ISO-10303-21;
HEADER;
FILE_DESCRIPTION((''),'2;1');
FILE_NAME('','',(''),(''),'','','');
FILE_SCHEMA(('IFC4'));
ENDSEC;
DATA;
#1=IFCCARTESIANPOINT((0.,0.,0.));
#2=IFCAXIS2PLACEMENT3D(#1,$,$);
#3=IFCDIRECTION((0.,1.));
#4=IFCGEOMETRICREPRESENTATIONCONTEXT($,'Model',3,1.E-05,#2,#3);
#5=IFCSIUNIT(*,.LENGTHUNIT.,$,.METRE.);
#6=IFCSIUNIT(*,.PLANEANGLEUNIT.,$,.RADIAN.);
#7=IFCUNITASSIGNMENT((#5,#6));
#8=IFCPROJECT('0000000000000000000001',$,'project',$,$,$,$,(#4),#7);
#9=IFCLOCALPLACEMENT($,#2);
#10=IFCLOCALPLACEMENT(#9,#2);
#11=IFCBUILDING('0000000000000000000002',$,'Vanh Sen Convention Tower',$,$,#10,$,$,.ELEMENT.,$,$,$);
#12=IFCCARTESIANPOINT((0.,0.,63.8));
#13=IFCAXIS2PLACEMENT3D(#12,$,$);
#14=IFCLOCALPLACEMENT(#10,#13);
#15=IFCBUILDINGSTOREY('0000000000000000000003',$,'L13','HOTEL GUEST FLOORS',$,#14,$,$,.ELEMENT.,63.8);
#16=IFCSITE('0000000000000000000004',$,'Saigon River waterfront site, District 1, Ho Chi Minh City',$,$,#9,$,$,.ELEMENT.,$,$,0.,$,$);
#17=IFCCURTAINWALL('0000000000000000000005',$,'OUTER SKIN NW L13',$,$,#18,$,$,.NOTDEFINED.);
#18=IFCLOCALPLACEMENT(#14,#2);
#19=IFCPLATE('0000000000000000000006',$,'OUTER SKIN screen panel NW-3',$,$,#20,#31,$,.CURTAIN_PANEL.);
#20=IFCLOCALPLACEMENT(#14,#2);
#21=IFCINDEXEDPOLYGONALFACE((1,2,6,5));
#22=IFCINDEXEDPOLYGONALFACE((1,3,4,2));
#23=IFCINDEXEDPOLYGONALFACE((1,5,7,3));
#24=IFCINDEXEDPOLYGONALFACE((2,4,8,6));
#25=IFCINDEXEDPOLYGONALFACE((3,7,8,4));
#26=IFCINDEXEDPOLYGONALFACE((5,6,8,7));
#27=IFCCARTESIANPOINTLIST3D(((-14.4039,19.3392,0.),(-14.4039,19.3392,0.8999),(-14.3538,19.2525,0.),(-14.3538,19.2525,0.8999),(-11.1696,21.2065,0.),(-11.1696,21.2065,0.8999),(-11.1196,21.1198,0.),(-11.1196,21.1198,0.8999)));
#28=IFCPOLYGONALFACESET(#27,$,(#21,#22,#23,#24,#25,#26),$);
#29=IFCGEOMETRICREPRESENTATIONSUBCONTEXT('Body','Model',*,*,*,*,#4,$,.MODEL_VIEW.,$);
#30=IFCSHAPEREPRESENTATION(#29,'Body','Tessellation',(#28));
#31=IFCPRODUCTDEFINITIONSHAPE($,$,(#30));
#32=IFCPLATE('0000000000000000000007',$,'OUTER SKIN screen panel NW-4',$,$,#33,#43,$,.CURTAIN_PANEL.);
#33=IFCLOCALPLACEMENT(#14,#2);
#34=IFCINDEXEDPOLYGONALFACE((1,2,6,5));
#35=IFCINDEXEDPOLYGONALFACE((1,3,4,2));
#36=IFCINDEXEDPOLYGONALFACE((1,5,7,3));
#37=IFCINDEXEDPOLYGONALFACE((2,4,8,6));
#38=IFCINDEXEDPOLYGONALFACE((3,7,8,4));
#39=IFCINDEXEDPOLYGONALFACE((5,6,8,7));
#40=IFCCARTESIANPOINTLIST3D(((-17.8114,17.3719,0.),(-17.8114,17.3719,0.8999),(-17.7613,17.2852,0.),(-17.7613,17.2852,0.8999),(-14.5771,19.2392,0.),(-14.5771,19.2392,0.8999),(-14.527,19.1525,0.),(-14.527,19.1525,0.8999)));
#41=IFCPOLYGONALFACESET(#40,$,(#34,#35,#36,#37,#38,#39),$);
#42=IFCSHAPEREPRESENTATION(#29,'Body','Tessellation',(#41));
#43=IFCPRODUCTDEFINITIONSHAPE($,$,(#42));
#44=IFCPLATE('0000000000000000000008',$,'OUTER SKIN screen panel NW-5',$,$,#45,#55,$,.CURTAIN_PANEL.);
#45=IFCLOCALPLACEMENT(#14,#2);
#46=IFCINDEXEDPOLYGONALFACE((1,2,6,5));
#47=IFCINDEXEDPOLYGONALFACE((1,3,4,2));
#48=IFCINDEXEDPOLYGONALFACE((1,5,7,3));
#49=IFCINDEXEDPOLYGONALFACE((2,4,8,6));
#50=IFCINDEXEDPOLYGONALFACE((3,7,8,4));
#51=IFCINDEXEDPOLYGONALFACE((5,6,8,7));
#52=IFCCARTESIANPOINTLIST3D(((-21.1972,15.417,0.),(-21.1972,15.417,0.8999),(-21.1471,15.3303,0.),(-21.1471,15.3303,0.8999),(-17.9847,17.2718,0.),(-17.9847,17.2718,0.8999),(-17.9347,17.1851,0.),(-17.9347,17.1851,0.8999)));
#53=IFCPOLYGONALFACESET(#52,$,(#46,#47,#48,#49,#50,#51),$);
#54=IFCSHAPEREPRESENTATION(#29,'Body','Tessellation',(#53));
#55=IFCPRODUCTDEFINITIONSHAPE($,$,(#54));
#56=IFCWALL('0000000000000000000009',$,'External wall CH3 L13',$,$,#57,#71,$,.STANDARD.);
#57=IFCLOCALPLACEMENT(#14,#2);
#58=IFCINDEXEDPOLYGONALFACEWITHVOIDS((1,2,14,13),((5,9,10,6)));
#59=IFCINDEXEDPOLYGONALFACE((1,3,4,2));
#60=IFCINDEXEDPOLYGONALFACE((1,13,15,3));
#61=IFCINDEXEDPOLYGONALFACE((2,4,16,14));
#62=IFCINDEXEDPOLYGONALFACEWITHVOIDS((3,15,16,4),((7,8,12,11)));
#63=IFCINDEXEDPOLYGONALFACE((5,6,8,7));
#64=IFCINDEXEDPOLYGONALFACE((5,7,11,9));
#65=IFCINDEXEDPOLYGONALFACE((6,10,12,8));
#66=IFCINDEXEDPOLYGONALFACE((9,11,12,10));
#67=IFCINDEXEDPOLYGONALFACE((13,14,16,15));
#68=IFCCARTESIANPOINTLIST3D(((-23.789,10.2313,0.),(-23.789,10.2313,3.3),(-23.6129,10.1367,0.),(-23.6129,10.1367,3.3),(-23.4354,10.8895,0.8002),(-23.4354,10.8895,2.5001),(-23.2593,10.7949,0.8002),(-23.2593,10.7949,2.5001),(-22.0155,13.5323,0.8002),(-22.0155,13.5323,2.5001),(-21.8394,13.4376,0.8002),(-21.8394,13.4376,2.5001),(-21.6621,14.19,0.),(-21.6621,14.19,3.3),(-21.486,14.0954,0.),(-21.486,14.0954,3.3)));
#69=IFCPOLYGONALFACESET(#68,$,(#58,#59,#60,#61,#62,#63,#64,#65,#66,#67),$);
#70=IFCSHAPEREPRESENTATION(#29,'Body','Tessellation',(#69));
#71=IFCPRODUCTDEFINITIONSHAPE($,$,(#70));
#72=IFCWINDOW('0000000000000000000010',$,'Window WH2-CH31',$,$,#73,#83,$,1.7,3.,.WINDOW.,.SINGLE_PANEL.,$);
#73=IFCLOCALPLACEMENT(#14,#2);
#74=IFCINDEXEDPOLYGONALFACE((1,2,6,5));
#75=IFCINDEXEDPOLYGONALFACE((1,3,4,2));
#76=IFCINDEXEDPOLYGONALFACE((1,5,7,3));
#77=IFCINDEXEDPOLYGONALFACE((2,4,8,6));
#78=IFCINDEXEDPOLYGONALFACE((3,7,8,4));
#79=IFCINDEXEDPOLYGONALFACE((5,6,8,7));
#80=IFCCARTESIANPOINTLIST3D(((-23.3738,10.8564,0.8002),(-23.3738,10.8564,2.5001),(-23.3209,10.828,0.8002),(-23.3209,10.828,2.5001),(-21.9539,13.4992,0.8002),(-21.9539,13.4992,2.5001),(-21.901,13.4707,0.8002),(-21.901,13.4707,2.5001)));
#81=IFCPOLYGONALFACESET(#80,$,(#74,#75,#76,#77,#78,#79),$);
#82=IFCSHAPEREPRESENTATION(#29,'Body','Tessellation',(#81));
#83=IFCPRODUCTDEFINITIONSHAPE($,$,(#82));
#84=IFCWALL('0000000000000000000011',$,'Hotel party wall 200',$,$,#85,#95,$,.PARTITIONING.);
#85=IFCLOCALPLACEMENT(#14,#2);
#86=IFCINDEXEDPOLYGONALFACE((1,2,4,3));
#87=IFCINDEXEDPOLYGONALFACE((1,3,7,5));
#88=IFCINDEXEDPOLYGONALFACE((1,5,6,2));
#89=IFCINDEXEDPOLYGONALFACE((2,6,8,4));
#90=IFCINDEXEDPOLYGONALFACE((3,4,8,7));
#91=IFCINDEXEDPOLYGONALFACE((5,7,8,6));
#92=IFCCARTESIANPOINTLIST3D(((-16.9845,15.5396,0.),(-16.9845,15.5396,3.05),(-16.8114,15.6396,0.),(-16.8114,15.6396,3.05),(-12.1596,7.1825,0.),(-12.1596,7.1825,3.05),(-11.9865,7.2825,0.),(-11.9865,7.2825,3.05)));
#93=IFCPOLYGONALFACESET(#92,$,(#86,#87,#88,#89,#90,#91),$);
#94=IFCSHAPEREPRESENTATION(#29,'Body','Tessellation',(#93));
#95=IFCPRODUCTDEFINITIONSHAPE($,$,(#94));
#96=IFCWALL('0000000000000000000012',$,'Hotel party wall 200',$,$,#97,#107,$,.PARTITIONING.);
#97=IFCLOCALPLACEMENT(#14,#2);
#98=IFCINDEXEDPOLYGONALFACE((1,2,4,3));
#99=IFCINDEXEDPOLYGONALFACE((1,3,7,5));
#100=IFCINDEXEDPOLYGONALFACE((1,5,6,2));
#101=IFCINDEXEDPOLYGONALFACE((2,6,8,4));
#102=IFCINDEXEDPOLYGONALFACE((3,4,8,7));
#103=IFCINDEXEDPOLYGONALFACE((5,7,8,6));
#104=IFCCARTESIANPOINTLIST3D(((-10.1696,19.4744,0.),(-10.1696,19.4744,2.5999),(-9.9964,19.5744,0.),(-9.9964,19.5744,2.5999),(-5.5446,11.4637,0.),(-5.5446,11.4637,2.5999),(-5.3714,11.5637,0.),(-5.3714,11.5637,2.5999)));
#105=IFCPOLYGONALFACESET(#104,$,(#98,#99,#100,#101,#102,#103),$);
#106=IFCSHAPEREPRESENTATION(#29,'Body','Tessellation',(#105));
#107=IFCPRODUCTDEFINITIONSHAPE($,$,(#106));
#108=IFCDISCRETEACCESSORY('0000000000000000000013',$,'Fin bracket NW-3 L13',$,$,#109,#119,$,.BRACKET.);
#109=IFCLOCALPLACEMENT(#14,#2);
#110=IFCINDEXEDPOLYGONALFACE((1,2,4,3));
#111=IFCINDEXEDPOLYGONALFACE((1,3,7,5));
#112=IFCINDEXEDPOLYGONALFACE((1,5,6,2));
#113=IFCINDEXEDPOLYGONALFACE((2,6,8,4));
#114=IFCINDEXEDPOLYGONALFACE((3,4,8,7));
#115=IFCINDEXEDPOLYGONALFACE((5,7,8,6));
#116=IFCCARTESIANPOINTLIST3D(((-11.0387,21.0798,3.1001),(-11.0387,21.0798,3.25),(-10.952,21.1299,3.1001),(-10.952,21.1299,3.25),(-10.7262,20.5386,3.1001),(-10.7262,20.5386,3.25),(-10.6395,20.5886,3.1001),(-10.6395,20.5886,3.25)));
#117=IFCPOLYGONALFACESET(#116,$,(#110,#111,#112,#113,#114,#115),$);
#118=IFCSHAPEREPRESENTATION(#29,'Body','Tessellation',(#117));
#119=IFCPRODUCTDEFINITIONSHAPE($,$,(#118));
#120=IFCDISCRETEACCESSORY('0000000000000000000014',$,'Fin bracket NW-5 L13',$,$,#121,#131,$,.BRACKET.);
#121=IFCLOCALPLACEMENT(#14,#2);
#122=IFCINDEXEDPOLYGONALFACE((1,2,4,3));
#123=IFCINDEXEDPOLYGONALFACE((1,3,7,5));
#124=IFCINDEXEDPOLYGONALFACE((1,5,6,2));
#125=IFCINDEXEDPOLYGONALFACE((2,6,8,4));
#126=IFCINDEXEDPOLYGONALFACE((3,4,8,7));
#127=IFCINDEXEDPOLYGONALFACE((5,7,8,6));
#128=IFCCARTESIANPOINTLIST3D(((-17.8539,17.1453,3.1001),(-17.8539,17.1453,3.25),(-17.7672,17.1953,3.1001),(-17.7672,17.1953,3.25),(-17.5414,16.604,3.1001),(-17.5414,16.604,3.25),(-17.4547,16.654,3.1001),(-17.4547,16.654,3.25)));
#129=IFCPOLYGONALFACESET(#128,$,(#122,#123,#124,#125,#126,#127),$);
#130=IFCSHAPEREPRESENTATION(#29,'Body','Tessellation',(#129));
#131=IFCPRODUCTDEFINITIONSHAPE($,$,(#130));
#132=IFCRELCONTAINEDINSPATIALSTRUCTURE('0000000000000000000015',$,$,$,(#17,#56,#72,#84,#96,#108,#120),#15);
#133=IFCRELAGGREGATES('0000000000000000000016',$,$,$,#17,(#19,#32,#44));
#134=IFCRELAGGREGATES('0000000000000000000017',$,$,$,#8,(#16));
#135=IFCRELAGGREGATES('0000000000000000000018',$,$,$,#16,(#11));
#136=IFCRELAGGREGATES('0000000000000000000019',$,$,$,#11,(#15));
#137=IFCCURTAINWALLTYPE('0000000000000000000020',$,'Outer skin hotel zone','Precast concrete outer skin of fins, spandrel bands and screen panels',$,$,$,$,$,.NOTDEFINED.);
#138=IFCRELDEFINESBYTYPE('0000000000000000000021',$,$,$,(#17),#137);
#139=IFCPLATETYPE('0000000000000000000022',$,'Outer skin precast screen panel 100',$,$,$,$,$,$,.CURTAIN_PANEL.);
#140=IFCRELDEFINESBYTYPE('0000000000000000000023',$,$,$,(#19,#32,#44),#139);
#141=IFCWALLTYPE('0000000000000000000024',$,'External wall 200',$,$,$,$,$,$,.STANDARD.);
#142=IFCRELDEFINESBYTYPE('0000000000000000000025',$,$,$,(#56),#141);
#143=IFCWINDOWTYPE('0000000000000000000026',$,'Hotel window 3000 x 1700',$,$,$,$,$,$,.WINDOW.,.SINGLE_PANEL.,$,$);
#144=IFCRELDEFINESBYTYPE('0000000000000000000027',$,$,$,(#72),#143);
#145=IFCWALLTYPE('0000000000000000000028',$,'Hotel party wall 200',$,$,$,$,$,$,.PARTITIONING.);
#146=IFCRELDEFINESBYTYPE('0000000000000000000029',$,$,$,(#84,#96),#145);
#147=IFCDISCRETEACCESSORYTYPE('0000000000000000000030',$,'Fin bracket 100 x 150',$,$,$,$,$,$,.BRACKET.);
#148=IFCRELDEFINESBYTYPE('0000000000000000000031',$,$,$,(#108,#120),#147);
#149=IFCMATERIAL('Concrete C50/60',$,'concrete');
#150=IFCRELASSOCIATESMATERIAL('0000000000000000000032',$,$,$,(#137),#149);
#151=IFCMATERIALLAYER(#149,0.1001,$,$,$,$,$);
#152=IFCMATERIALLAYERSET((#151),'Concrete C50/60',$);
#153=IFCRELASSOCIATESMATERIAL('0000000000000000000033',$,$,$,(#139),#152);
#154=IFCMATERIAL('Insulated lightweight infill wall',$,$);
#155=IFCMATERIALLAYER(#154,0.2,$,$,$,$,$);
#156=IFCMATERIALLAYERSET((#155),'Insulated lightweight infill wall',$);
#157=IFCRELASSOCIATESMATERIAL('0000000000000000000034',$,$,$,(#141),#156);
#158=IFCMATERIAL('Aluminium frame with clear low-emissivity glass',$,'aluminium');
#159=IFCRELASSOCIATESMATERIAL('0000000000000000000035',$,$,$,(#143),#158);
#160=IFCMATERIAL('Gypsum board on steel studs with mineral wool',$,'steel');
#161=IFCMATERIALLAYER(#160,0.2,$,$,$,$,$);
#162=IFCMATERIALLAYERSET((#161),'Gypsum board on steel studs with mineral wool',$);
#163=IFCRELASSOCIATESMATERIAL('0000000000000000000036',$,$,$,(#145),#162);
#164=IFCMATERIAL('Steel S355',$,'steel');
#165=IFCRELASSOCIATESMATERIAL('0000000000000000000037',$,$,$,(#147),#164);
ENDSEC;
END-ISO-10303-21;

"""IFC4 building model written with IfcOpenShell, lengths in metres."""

from ifc_helpers import new_model, si_unit, direction, frame, frame_2d, origin, origin_2d, place, context, subcontext, project, spatial, rectangle, extrude, material, layer, layer_set, type_object, element, fill, aggregate, save


model = new_model("IFC4")

# Units and contexts
model_context = context("Model", 3, precision=1e-05, world=origin(), true_north=direction((0.0, 1.0)))
body_context = subcontext(model_context, "Body", "Model", "MODEL_VIEW")
ifc_project = project(units=[si_unit("LENGTHUNIT", "METRE"), si_unit("PLANEANGLEUNIT", "RADIAN")], contexts=[model_context])

# Site, building, storey
site_placement = place(None, origin())
site = spatial("IfcSite", under=ifc_project, at=site_placement, Name="Saigon River waterfront site, District 1, Ho Chi Minh City", CompositionType="ELEMENT", RefElevation=0.0)
building_placement = place(site_placement, origin())
building = spatial("IfcBuilding", under=site, at=building_placement, Name="Vanh Sen Convention Tower", CompositionType="ELEMENT")
storey_placement = place(building_placement, frame((0.0, 0.0, 63.8)))
storey = spatial("IfcBuildingStorey", under=building, at=storey_placement, Name="L13", Description="HOTEL GUEST FLOORS", CompositionType="ELEMENT", Elevation=63.8)

# Curtain wall
ifc_material_1 = material(Name="Concrete C50/60", Category="concrete")
curtain_wall_type = type_object("IfcCurtainWallType", Name="Outer skin hotel zone", Description="Precast concrete outer skin of fins, spandrel bands and screen panels", PredefinedType="NOTDEFINED", material=ifc_material_1)
curtain_wall_1_placement = place(storey_placement, origin())
curtain_wall_1 = element("IfcCurtainWall", 1, at=curtain_wall_1_placement, inside=storey, type_object=curtain_wall_type, Name="OUTER SKIN NW L13", PredefinedType="NOTDEFINED")

# Plates
ifc_layer_1 = layer(ifc_material_1, 0.1001)
ifc_layer_set_1 = layer_set([ifc_layer_1], Name="Concrete C50/60")
plate_type = type_object("IfcPlateType", Name="Outer skin precast screen panel 100", PredefinedType="CURTAIN_PANEL", material=ifc_layer_set_1)
plate_1_placement = place(storey_placement, frame((-12.7617, 20.2295, 0.0), z_axis=(0.0, 0.0, 1.0), x_axis=(-0.866028, -0.499995, 0.0)))
plate_1 = element("IfcPlate", 2, at=plate_1_placement, type_object=plate_type, Name="OUTER SKIN screen panel NW-3", PredefinedType="CURTAIN_PANEL", context=body_context, shape_type="SweptSolid", body=[
    extrude(rectangle(XDim=3.7346, YDim=0.1001, at=origin_2d()), origin(), (0.0, 0.0, 1.0), 0.8999),
])
plate_2_placement = place(storey_placement, frame((-16.1692, 18.2622, 0.0), z_axis=(0.0, 0.0, 1.0), x_axis=(-0.866028, -0.499995, 0.0)))
plate_2 = element("IfcPlate", 3, at=plate_2_placement, type_object=plate_type, Name="OUTER SKIN screen panel NW-4", PredefinedType="CURTAIN_PANEL", context=body_context, shape_type="SweptSolid", body=[
    extrude(rectangle(XDim=3.7346, YDim=0.1001, at=origin_2d()), origin(), (0.0, 0.0, 1.0), 0.8999),
])
plate_3_placement = place(storey_placement, frame((-19.5659, 16.301, 0.0), z_axis=(0.0, 0.0, 1.0), x_axis=(-0.866021, -0.500008, 0.0)))
plate_3 = element("IfcPlate", 4, at=plate_3_placement, type_object=plate_type, Name="OUTER SKIN screen panel NW-5", PredefinedType="CURTAIN_PANEL", context=body_context, shape_type="SweptSolid", body=[
    extrude(rectangle(XDim=3.7095, YDim=0.1001, at=origin_2d()), origin(), (0.0, 0.0, 1.0), 0.8999),
])
aggregate(curtain_wall_1, [plate_1, plate_2, plate_3])

# Wall, opening, window
ifc_material_2 = material(Name="Insulated lightweight infill wall")
ifc_layer_2 = layer(ifc_material_2, 0.2)
ifc_layer_set_2 = layer_set([ifc_layer_2], Name="Insulated lightweight infill wall")
wall_type_1 = type_object("IfcWallType", Name="External wall 200", PredefinedType="STANDARD", material=ifc_layer_set_2)
wall_1_placement = place(storey_placement, frame((-21.574, 14.1428, 0.0), z_axis=(0.0, 0.0, 1.0), x_axis=(-0.473293, -0.880905, 0.0)))
wall_1 = element("IfcWall", 5, at=wall_1_placement, inside=storey, type_object=wall_type_1, Name="External wall CH3 L13", PredefinedType="STANDARD", context=body_context, shape_type="SweptSolid", body=[
    extrude(rectangle(XDim=4.4939, YDim=0.2, at=frame_2d((2.2471, 0.0))), origin(), (0.0, 0.0, 1.0), 3.3),
])
opening_placement = place(wall_1_placement, frame((0.7468, 0.0, 0.8)))
opening = element("IfcOpeningElement", 6, at=opening_placement, cuts=wall_1, PredefinedType="OPENING", context=body_context, shape_type="SweptSolid", body=[
    extrude(rectangle(XDim=3.0, YDim=1.7, at=frame_2d((1.5, 0.8501))), frame((0.0, 0.1099, 0.0), z_axis=(0.0, -1.0, 0.0), x_axis=(1.0, 0.0, 0.0)), (0.0, 0.0, 1.0), 0.22),
])
ifc_material_3 = material(Name="Aluminium frame with clear low-emissivity glass", Category="aluminium")
window_type = type_object("IfcWindowType", Name="Hotel window 3000 x 1700", PartitioningType="SINGLE_PANEL", PredefinedType="WINDOW", material=ifc_material_3)
window_placement = place(opening_placement, origin())
window = element("IfcWindow", 7, at=window_placement, inside=storey, type_object=window_type, Name="Window WH2-CH31", OverallHeight=1.7, OverallWidth=3.0, PartitioningType="SINGLE_PANEL", PredefinedType="WINDOW", context=body_context, shape_type="SweptSolid", body=[
    extrude(rectangle(XDim=3.0, YDim=1.7, at=frame_2d((1.5, 0.8501))), frame((0.0, 0.03, 0.0), z_axis=(0.0, -1.0, 0.0), x_axis=(1.0, 0.0, 0.0)), (0.0, 0.0, 1.0), 0.0601),
])
fill(opening, window)

# Walls
ifc_material_4 = material(Name="Gypsum board on steel studs with mineral wool", Category="steel")
ifc_layer_3 = layer(ifc_material_4, 0.2)
ifc_layer_set_3 = layer_set([ifc_layer_3], Name="Gypsum board on steel studs with mineral wool")
wall_type_2 = type_object("IfcWallType", Name="Hotel party wall 200", PredefinedType="PARTITIONING", material=ifc_layer_set_3)
wall_2_placement = place(storey_placement, frame((-16.8979, 15.5896, 0.0), z_axis=(0.0, 0.0, 1.0), x_axis=(0.499995, -0.866028, 0.0)))
element("IfcWall", 8, at=wall_2_placement, inside=storey, type_object=wall_type_2, Name="Hotel party wall 200", PredefinedType="PARTITIONING", context=body_context, shape_type="SweptSolid", body=[
    extrude(rectangle(XDim=9.6499, YDim=0.2, at=frame_2d((4.825, 0.0))), origin(), (0.0, 0.0, 1.0), 3.05),
])
wall_3_placement = place(storey_placement, frame((-10.083, 19.5244, 0.0), z_axis=(0.0, 0.0, 1.0), x_axis=(0.5, -0.866026, 0.0)))
element("IfcWall", 9, at=wall_3_placement, inside=storey, type_object=wall_type_2, Name="Hotel party wall 200", PredefinedType="PARTITIONING", context=body_context, shape_type="SweptSolid", body=[
    extrude(rectangle(XDim=9.25, YDim=0.2, at=frame_2d((4.625, 0.0))), origin(), (0.0, 0.0, 1.0), 2.5999),
])

# Discrete accessories
ifc_material_5 = material(Name="Steel S355", Category="steel")
discrete_accessory_type = type_object("IfcDiscreteAccessoryType", Name="Fin bracket 100 x 150", PredefinedType="BRACKET", material=ifc_material_5)
for number, where, z_axis, x_axis, name in (
    (10, (-10.8391, 20.8342, 3.1001), (0.0, 0.0, 1.0), (-0.5, 0.866025, 0.0), "Fin bracket NW-3 L13"),
    (11, (-17.6543, 16.8997, 3.1001), (0.0, 0.0, 1.0), (-0.5, 0.866025, 0.0), "Fin bracket NW-5 L13"),
):
    element("IfcDiscreteAccessory", number, at=place(storey_placement, frame(where, z_axis=z_axis, x_axis=x_axis)), inside=storey, type_object=discrete_accessory_type, Name=name, PredefinedType="BRACKET", context=body_context, shape_type="SweptSolid", body=[
        extrude(rectangle(XDim=0.625, YDim=0.1001, at=origin_2d()), origin(), (0.0, 0.0, 1.0), 0.1499),
    ])

save(model, "model.ifc")
